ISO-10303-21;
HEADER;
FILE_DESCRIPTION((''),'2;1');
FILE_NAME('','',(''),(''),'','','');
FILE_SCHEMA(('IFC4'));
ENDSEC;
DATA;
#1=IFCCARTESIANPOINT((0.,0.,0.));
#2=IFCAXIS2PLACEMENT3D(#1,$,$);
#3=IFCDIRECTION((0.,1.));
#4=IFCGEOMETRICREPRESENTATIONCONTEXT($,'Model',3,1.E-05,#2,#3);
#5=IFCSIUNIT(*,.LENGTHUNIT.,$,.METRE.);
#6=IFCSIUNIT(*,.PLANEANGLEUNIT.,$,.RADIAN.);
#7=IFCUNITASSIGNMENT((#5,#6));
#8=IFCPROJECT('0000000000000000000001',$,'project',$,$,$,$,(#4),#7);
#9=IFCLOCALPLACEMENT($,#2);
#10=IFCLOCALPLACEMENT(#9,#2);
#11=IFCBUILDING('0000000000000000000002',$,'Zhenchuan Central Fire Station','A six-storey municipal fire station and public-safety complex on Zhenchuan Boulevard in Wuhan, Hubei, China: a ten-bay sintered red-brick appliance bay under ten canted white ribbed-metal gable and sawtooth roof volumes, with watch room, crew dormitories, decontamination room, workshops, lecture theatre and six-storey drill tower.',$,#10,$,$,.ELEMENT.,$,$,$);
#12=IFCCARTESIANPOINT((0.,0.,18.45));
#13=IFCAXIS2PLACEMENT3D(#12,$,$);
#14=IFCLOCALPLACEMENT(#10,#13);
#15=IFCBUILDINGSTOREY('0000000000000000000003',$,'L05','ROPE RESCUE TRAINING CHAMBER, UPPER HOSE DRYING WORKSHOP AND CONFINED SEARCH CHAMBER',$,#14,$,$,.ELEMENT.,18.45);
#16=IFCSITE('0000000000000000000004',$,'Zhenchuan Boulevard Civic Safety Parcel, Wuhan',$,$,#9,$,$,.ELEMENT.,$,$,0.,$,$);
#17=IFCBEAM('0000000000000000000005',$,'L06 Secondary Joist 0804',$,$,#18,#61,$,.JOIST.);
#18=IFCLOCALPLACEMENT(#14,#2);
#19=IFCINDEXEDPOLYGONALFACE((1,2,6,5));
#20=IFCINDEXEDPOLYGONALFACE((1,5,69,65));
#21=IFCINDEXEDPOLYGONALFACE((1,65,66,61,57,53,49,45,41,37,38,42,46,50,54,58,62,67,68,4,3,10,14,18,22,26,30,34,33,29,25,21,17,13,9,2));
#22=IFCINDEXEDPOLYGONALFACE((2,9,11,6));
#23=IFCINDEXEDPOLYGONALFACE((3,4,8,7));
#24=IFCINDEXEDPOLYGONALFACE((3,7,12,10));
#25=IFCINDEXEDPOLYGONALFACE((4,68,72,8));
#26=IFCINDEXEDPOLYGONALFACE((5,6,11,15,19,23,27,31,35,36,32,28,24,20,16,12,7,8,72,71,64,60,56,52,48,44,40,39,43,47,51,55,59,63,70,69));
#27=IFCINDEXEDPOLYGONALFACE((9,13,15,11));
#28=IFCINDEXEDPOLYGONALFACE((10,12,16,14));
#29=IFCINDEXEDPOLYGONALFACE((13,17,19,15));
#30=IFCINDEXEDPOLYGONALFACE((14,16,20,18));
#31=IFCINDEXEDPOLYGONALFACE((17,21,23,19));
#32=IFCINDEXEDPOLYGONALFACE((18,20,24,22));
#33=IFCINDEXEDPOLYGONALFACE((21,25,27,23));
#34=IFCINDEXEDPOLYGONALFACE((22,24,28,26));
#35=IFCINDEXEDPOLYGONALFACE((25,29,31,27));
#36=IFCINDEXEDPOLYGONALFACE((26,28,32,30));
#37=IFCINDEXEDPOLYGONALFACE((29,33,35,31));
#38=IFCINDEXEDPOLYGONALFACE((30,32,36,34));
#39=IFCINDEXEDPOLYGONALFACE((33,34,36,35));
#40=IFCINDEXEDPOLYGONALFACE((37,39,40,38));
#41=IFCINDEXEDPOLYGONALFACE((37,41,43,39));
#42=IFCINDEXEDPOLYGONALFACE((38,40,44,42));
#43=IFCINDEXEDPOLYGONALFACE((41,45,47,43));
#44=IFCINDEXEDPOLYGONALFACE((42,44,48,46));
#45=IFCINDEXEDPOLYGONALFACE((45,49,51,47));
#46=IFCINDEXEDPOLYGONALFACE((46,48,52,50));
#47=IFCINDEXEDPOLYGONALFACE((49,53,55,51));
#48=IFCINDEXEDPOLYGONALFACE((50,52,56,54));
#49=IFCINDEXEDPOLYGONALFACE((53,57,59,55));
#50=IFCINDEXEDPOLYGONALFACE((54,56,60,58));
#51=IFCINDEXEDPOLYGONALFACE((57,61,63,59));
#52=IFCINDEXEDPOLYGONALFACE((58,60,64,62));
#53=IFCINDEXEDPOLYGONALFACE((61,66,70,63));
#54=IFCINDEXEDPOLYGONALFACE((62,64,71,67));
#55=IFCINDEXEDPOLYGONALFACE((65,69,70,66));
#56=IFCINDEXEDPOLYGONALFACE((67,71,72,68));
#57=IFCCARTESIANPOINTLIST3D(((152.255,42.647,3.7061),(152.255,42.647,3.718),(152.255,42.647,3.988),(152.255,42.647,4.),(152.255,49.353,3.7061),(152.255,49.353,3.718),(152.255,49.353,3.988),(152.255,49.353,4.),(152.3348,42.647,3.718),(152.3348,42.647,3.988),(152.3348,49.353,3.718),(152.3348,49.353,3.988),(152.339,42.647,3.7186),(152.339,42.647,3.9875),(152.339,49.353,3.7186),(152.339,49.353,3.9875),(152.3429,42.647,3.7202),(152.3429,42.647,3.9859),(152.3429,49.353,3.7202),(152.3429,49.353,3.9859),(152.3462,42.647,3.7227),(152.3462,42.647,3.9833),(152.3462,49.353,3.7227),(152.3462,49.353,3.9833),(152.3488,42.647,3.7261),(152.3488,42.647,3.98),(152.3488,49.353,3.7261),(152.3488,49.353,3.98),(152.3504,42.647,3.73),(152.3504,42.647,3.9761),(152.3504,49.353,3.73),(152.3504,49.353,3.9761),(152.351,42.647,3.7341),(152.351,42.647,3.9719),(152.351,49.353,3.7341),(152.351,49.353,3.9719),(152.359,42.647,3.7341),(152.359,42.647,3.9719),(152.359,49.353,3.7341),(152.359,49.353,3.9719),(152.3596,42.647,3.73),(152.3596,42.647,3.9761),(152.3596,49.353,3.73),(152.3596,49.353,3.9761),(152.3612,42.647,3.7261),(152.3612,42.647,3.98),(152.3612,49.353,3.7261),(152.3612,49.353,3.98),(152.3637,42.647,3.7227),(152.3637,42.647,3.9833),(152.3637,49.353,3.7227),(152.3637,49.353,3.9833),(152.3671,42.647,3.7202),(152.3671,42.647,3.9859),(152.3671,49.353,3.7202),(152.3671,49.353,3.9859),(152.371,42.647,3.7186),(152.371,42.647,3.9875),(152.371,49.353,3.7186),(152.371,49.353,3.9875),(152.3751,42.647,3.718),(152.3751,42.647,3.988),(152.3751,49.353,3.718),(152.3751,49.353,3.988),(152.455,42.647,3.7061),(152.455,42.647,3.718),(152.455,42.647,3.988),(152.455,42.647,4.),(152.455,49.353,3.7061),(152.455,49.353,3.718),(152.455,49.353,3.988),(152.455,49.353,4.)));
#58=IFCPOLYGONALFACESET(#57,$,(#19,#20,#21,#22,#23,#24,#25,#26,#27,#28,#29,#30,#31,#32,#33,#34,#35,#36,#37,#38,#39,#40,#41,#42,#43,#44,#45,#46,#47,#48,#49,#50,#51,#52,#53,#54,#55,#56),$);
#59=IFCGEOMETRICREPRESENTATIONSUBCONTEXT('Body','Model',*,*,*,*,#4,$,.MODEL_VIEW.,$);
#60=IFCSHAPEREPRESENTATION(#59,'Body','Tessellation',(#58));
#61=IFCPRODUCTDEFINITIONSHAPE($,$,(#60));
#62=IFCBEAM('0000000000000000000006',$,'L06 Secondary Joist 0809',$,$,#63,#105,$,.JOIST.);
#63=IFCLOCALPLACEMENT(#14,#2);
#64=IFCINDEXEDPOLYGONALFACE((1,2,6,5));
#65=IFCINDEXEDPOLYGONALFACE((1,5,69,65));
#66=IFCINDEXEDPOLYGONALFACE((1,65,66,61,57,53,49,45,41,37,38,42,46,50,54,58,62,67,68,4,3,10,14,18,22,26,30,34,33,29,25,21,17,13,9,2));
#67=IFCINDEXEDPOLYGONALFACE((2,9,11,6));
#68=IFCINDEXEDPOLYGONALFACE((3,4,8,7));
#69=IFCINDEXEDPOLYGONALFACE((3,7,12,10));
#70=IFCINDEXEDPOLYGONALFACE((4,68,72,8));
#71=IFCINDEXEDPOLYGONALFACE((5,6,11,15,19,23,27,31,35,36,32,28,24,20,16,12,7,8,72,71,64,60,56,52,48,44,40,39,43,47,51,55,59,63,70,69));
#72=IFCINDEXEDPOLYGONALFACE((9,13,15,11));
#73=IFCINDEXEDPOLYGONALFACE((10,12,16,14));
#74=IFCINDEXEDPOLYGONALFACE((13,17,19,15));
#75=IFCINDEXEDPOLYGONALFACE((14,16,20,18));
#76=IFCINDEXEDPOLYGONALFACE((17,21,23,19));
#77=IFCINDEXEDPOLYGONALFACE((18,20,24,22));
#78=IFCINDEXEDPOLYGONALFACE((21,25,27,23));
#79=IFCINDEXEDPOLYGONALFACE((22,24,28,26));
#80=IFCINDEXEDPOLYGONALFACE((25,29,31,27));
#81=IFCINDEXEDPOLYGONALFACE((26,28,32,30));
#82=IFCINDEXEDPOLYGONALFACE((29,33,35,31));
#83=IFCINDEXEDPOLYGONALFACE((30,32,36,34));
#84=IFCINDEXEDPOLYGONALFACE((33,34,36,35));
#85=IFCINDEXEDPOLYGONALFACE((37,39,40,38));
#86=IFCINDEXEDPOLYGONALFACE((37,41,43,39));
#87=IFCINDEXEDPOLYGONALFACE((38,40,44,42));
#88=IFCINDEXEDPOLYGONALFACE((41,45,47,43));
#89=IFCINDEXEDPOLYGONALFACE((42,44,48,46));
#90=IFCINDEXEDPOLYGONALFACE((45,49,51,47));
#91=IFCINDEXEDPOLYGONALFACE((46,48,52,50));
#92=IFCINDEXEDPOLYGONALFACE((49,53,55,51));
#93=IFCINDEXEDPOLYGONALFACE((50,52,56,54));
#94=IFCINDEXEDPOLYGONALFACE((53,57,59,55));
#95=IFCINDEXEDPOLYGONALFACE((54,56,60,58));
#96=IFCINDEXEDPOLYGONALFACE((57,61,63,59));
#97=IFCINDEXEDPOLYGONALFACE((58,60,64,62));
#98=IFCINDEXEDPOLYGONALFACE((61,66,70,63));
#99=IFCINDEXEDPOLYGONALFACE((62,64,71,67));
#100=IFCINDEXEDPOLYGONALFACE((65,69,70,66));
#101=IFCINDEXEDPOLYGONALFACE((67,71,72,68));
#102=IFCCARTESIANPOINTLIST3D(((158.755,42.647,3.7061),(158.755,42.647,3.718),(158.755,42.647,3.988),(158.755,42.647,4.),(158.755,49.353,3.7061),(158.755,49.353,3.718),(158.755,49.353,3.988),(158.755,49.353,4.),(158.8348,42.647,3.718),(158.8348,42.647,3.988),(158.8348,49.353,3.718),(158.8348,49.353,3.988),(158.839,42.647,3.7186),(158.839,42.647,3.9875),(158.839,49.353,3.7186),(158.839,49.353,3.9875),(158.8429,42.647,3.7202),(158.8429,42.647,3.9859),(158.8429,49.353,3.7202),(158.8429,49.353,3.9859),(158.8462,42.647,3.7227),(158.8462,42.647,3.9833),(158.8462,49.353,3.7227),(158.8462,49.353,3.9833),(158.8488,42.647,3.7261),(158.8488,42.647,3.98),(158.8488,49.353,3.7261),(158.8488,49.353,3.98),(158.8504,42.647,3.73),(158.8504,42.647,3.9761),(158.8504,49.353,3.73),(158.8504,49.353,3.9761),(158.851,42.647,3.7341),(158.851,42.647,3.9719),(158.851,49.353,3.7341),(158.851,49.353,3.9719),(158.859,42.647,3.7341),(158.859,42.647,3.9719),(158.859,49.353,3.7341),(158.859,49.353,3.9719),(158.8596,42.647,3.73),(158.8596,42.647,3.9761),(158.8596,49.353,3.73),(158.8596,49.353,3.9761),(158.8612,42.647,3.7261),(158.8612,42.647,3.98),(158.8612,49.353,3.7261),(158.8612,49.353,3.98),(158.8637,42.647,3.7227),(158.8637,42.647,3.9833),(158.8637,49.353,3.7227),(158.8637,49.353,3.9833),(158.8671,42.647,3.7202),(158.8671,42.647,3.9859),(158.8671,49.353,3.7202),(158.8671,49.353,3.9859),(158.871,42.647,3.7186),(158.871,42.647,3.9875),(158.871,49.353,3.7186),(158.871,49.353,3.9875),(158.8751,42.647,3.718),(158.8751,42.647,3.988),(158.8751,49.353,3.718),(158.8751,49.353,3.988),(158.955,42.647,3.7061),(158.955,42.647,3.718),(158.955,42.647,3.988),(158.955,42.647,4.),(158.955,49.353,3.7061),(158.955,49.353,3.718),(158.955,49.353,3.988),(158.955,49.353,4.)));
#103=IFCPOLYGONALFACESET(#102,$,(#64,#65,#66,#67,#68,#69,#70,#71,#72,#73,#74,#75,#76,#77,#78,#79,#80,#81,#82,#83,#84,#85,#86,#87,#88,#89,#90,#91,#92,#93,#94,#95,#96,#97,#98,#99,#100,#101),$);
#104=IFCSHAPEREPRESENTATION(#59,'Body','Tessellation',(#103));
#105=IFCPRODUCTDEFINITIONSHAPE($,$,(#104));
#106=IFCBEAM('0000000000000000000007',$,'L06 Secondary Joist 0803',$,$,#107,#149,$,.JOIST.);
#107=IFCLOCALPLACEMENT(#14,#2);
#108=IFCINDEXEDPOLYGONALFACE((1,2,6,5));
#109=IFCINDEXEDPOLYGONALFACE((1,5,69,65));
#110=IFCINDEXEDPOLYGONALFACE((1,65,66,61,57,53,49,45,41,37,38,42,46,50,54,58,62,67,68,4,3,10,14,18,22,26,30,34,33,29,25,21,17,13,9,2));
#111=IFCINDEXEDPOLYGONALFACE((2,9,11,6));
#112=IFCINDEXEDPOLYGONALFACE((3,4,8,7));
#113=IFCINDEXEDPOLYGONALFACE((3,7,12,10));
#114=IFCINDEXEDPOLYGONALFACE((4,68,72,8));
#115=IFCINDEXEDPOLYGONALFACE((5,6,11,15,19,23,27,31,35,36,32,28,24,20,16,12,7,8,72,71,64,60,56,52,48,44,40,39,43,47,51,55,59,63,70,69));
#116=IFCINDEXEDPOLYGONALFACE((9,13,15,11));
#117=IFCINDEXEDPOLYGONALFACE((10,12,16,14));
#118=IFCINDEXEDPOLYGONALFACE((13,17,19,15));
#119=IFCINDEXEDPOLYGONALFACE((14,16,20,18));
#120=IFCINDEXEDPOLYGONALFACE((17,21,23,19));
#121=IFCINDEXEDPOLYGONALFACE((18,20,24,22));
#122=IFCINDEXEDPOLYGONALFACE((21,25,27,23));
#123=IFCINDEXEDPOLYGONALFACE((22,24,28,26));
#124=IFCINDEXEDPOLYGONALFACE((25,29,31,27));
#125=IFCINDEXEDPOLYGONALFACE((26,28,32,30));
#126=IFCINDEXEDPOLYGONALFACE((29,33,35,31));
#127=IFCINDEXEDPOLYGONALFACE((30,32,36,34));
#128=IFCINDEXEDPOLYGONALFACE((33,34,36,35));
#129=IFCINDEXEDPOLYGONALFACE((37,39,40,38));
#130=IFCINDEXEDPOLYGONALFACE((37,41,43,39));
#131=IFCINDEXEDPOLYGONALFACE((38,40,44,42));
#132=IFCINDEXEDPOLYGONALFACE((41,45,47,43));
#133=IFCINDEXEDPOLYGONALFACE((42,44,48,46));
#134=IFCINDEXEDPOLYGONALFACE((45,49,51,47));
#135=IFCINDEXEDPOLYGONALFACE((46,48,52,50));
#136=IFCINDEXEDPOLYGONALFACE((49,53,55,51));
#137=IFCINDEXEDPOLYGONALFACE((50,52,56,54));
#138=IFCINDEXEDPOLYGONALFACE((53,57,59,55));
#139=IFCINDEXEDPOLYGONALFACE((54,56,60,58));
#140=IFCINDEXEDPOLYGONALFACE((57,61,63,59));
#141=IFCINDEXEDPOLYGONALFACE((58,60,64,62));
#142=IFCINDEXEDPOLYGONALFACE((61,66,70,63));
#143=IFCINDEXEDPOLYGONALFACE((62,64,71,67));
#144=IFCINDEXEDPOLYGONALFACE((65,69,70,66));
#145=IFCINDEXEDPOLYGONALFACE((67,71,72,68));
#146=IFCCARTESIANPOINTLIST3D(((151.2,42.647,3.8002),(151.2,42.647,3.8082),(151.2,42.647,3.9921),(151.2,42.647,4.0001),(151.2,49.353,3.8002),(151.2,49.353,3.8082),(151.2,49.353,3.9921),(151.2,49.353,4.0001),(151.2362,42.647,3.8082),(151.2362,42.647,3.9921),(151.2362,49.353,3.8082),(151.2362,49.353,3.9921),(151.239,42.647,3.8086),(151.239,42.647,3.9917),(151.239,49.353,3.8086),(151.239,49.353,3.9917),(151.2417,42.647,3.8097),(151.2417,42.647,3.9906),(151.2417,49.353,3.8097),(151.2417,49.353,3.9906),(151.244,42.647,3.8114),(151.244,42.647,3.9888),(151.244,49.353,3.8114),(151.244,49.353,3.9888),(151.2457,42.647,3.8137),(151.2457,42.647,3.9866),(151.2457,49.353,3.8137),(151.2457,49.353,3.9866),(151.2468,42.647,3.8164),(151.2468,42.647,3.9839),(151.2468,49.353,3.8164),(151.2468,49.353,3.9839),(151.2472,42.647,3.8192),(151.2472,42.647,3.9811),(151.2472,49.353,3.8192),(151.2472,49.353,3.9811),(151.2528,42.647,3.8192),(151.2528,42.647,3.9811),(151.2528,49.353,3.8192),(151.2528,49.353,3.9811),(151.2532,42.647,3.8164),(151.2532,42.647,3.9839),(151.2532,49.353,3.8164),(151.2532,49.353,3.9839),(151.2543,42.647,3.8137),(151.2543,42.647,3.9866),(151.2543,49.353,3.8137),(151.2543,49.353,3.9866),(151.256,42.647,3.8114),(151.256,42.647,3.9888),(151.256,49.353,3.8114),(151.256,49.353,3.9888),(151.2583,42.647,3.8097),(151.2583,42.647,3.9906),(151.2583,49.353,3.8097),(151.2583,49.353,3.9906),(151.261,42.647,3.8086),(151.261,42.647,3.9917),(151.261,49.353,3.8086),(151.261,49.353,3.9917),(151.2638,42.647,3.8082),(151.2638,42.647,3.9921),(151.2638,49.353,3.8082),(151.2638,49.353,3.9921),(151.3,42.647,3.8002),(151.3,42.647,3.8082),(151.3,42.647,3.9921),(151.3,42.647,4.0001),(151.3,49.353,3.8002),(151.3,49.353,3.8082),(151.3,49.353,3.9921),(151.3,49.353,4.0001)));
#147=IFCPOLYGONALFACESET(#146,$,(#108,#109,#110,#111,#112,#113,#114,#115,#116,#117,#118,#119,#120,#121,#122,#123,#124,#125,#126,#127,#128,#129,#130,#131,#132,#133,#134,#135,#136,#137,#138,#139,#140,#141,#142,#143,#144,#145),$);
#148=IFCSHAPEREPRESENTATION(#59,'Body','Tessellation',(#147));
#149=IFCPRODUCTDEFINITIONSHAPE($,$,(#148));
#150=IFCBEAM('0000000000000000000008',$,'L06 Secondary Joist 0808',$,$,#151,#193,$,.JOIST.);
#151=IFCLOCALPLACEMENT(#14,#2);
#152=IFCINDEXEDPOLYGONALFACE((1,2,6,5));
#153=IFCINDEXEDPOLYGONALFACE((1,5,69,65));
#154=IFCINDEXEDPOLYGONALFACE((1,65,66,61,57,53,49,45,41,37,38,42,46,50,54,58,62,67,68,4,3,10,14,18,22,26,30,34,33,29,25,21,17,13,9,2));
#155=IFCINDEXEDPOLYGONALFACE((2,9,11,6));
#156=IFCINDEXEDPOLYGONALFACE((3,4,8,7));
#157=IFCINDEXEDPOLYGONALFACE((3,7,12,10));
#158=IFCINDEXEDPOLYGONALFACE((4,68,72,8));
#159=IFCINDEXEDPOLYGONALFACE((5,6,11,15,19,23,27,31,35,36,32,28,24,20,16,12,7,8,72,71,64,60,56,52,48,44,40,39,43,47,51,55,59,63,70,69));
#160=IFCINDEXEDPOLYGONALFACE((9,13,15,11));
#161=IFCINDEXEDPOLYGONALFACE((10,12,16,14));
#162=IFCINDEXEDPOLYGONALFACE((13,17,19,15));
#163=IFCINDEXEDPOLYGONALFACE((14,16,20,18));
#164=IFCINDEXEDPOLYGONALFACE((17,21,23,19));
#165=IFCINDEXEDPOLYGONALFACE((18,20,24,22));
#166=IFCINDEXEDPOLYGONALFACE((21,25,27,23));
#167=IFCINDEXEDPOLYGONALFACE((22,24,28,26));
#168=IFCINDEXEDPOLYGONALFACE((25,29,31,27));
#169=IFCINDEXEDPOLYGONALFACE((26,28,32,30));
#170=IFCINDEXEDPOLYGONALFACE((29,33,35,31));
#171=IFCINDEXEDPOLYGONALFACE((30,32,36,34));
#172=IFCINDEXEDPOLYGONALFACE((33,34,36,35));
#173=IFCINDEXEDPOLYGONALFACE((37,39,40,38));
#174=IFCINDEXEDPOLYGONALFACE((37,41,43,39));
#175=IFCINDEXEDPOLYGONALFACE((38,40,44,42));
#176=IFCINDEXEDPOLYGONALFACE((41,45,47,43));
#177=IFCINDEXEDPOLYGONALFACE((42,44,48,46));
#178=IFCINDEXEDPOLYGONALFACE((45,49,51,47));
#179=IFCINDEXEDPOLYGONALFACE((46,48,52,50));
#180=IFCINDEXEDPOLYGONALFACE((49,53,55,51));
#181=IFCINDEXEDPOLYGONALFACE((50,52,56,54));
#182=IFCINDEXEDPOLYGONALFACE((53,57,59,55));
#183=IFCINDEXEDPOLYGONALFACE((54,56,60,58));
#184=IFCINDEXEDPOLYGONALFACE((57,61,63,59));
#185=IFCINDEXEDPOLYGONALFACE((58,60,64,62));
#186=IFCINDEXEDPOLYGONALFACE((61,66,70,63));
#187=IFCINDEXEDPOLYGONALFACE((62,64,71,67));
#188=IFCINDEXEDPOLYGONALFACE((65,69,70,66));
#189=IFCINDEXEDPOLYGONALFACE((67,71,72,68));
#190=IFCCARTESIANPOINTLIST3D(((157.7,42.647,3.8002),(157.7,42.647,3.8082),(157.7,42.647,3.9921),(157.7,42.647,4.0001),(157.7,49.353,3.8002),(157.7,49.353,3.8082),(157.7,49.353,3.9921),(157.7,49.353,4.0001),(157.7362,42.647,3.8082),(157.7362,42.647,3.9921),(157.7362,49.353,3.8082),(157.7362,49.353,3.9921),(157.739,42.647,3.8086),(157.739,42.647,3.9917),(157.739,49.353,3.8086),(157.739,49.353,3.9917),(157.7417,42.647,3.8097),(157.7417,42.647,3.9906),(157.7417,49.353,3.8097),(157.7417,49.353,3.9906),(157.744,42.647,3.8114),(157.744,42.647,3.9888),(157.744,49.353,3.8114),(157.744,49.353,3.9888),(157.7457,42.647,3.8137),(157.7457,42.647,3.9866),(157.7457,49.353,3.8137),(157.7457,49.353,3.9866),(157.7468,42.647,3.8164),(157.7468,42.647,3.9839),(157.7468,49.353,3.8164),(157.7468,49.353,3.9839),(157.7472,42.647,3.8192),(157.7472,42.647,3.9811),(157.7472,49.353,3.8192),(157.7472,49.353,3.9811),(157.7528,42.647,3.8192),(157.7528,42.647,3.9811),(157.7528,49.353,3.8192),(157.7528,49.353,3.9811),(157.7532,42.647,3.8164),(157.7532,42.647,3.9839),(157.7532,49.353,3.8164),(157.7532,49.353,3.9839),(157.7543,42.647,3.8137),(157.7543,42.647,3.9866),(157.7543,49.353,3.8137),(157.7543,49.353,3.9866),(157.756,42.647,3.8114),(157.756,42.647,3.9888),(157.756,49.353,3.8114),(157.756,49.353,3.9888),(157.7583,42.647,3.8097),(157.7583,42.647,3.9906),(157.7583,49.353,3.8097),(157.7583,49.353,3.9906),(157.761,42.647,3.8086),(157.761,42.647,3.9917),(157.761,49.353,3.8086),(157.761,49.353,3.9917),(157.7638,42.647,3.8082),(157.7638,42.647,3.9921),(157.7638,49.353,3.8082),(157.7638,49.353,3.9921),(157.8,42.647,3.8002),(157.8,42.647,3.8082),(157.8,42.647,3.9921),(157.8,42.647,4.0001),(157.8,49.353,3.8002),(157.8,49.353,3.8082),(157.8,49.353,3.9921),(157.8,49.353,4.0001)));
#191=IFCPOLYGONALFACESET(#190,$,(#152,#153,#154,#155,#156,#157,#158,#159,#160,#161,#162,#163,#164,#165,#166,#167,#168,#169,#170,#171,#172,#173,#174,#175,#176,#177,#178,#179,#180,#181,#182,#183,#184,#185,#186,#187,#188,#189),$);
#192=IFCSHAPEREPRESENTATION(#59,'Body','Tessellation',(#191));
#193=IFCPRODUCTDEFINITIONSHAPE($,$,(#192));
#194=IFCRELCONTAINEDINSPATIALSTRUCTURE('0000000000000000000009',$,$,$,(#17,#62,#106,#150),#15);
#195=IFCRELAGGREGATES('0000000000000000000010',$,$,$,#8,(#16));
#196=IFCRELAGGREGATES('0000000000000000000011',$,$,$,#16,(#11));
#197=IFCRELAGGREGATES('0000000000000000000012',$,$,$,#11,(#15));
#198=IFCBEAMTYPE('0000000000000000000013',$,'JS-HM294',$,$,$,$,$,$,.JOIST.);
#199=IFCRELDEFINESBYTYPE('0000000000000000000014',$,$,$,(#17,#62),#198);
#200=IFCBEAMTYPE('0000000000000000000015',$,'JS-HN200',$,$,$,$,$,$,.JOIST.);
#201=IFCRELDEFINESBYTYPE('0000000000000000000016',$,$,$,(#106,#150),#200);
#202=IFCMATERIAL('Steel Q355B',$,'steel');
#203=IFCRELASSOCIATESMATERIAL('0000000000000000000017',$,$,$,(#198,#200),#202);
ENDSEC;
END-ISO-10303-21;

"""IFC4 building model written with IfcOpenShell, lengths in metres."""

from ifc_helpers import new_model, si_unit, direction, frame, origin, origin_2d, place, context, subcontext, project, spatial, i_section, extrude, material, material_profile, profile_set, type_object, element, save


model = new_model("IFC4")

# Units and contexts
model_context = context("Model", 3, precision=1e-05, world=origin(), true_north=direction((0.0, 1.0)))
body_context = subcontext(model_context, "Body", "Model", "MODEL_VIEW")
ifc_project = project(units=[si_unit("LENGTHUNIT", "METRE"), si_unit("PLANEANGLEUNIT", "RADIAN")], contexts=[model_context])

# Site, building, storey
site_placement = place(None, origin())
site = spatial("IfcSite", under=ifc_project, at=site_placement, Name="Zhenchuan Boulevard Civic Safety Parcel, Wuhan", CompositionType="ELEMENT", RefElevation=0.0)
building_placement = place(site_placement, origin())
building = spatial("IfcBuilding", under=site, at=building_placement, Name="Zhenchuan Central Fire Station", Description="A six-storey municipal fire station and public-safety complex on Zhenchuan Boulevard in Wuhan, Hubei, China: a ten-bay sintered red-brick appliance bay under ten canted white ribbed-metal gable and sawtooth roof volumes, with watch room, crew dormitories, decontamination room, workshops, lecture theatre and six-storey drill tower.", CompositionType="ELEMENT")
storey_placement = place(building_placement, frame((0.0, 0.0, 18.45)))
storey = spatial("IfcBuildingStorey", under=building, at=storey_placement, Name="L05", Description="ROPE RESCUE TRAINING CHAMBER, UPPER HOSE DRYING WORKSHOP AND CONFINED SEARCH CHAMBER", CompositionType="ELEMENT", Elevation=18.45)

# Shared definitions
ifc_material_1 = material(Name="Steel Q355B", Category="steel")

# Beams
ifc_material_profile_1 = material_profile(ifc_material_1, i_section(OverallWidth=0.2, OverallDepth=0.2939, WebThickness=0.0081, FlangeThickness=0.012, FilletRadius=0.0161, at=origin_2d()), Name="HM 294x200")
ifc_profile_set_1 = profile_set([ifc_material_profile_1], Name="Steel Q355B")
beam_type_1 = type_object("IfcBeamType", Name="JS-HM294", PredefinedType="JOIST", material=ifc_profile_set_1)
for number, where, z_axis, x_axis, name in (
    (1, (152.355, 42.647, 3.853), (0.0, 1.0, 0.0), (-1.0, 0.0, 0.0), "L06 Secondary Joist 0804"),
    (2, (158.855, 42.647, 3.853), (0.0, 1.0, 0.0), (-1.0, 0.0, 0.0), "L06 Secondary Joist 0809"),
):
    element("IfcBeam", number, at=place(storey_placement, frame(where, z_axis=z_axis, x_axis=x_axis)), inside=storey, type_object=beam_type_1, Name=name, PredefinedType="JOIST", context=body_context, shape_type="SweptSolid", body=[
        extrude(i_section(OverallWidth=0.2, OverallDepth=0.2939, WebThickness=0.0081, FlangeThickness=0.012, FilletRadius=0.0161, at=origin_2d()), origin(), (0.0, 0.0, 1.0), 6.7061),
    ])
ifc_material_profile_2 = material_profile(ifc_material_1, i_section(OverallWidth=0.1001, OverallDepth=0.2, WebThickness=0.0056, FlangeThickness=0.0081, FilletRadius=0.011, at=origin_2d()), Name="HN 200x100")
ifc_profile_set_2 = profile_set([ifc_material_profile_2], Name="Steel Q355B")
beam_type_2 = type_object("IfcBeamType", Name="JS-HN200", PredefinedType="JOIST", material=ifc_profile_set_2)
for number, where, z_axis, x_axis, name in (
    (3, (151.25, 42.647, 3.9001), (0.0, 1.0, 0.0), (-1.0, 0.0, 0.0), "L06 Secondary Joist 0803"),
    (4, (157.75, 42.647, 3.9001), (0.0, 1.0, 0.0), (-1.0, 0.0, 0.0), "L06 Secondary Joist 0808"),
):
    element("IfcBeam", number, at=place(storey_placement, frame(where, z_axis=z_axis, x_axis=x_axis)), inside=storey, type_object=beam_type_2, Name=name, PredefinedType="JOIST", context=body_context, shape_type="SweptSolid", body=[
        extrude(i_section(OverallWidth=0.1001, OverallDepth=0.2, WebThickness=0.0056, FlangeThickness=0.0081, FilletRadius=0.011, at=origin_2d()), origin(), (0.0, 0.0, 1.0), 6.7061),
    ])

save(model, "model.ifc")
